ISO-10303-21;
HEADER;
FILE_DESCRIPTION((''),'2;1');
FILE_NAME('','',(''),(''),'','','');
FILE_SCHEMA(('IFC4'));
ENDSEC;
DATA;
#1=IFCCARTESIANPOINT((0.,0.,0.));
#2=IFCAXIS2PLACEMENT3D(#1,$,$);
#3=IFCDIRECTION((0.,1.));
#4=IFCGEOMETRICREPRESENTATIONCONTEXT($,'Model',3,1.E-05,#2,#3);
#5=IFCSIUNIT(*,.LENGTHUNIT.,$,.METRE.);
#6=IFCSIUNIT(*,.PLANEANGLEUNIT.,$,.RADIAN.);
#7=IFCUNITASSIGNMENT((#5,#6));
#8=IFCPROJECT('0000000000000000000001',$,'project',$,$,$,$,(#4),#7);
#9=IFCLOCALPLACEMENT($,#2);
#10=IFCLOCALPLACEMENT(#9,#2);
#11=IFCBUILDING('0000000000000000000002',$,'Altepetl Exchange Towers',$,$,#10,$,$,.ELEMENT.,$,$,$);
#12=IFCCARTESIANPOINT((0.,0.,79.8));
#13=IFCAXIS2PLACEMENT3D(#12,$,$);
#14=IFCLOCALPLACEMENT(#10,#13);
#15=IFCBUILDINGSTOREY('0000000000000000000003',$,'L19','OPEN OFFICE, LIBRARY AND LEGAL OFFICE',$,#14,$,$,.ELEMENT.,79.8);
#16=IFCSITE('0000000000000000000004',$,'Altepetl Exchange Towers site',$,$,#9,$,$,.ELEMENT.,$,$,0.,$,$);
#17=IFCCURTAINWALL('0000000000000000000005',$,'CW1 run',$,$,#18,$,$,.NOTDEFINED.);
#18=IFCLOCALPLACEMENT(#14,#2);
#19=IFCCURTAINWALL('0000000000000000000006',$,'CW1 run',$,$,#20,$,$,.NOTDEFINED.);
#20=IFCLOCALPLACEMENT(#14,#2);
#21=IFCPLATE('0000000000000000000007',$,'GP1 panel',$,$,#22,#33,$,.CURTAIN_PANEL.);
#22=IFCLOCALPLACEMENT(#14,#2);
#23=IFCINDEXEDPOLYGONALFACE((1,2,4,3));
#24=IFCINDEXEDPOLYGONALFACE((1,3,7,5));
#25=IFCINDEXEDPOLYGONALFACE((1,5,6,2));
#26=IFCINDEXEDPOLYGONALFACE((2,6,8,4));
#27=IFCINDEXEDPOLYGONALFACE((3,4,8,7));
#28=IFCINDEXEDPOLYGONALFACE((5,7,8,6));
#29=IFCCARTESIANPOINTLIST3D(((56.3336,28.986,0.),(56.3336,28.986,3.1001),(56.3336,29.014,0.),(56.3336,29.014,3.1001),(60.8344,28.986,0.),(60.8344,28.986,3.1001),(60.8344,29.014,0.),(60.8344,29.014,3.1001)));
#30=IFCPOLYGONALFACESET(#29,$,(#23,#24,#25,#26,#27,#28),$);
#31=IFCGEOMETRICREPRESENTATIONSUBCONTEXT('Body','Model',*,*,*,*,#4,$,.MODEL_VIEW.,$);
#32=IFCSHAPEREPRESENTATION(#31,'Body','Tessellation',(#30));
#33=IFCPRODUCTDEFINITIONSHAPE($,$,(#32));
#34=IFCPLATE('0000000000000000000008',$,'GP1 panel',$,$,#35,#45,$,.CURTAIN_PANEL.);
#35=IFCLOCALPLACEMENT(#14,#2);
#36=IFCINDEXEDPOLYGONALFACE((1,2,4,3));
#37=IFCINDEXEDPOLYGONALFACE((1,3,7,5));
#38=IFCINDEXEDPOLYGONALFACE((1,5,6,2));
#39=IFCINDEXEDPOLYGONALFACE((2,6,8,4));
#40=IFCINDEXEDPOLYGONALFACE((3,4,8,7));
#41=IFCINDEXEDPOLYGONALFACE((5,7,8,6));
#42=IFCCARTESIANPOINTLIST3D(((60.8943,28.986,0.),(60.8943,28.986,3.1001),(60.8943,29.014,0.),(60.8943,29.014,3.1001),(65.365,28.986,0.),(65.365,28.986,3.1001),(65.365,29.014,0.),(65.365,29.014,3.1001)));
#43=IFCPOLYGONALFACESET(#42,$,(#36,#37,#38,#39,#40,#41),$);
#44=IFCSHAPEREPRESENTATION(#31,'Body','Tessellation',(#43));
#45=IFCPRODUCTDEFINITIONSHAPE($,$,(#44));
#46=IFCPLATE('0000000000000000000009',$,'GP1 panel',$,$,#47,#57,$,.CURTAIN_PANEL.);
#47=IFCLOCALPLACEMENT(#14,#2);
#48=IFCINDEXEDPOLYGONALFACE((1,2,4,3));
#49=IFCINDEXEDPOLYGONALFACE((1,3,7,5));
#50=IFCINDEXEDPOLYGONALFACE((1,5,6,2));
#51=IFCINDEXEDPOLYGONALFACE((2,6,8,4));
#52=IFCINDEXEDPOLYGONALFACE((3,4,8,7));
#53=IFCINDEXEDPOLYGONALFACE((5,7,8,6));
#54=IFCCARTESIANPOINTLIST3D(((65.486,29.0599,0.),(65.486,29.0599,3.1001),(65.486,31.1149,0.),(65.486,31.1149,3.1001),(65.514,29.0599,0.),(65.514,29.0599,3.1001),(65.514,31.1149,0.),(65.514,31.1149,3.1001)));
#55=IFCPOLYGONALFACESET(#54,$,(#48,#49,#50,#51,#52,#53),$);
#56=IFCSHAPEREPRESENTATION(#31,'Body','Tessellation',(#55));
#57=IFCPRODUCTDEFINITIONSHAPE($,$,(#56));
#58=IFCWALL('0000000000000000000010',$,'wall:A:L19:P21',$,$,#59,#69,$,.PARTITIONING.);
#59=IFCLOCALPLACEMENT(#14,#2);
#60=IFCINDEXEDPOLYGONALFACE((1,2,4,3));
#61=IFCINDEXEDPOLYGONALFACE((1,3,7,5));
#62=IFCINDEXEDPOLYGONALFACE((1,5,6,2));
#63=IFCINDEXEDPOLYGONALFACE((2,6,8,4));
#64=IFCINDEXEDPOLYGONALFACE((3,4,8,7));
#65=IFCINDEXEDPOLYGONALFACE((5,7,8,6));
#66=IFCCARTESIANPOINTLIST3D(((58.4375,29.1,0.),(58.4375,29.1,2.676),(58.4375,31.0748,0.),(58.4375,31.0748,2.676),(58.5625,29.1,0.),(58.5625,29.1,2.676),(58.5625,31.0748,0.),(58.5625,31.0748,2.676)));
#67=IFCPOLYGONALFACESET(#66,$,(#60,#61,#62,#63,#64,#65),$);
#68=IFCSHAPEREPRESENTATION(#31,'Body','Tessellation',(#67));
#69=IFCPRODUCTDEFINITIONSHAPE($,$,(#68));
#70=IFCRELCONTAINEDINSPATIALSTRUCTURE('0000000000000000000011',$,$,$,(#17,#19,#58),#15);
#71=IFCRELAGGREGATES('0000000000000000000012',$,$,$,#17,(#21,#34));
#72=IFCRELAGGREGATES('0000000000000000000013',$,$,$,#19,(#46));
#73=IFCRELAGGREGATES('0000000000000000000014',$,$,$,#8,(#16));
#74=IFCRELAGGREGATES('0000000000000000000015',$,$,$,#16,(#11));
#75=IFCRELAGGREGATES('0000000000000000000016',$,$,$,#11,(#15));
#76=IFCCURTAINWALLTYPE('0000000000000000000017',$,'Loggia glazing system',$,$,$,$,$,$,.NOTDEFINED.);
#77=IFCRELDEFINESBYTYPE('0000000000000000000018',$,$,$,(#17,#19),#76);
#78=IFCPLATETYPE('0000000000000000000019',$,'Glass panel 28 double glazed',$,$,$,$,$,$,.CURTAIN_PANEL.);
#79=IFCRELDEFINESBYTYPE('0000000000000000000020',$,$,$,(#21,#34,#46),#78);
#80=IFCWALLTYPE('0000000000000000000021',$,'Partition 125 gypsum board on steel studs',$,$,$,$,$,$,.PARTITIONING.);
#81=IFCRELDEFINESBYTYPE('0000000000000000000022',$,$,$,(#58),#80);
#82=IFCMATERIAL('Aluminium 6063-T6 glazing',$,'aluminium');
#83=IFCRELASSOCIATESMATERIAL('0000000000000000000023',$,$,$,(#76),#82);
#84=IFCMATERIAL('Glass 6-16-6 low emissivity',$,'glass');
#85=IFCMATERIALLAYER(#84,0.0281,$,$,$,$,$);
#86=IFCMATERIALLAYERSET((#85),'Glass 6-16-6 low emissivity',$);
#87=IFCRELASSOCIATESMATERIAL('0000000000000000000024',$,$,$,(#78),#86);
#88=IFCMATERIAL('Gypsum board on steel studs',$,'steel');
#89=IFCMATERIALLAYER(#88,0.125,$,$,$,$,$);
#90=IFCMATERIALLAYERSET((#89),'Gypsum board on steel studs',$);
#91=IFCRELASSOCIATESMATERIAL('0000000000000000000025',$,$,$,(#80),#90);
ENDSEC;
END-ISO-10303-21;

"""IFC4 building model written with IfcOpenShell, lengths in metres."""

from ifc_helpers import new_model, si_unit, direction, frame, frame_2d, origin, origin_2d, place, context, subcontext, project, spatial, rectangle, extrude, material, layer, layer_set, type_object, element, aggregate, save


model = new_model("IFC4")

# Units and contexts
model_context = context("Model", 3, precision=1e-05, world=origin(), true_north=direction((0.0, 1.0)))
body_context = subcontext(model_context, "Body", "Model", "MODEL_VIEW")
ifc_project = project(units=[si_unit("LENGTHUNIT", "METRE"), si_unit("PLANEANGLEUNIT", "RADIAN")], contexts=[model_context])

# Site, building, storey
site_placement = place(None, origin())
site = spatial("IfcSite", under=ifc_project, at=site_placement, Name="Altepetl Exchange Towers site", CompositionType="ELEMENT", RefElevation=0.0)
building_placement = place(site_placement, origin())
building = spatial("IfcBuilding", under=site, at=building_placement, Name="Altepetl Exchange Towers", CompositionType="ELEMENT")
storey_placement = place(building_placement, frame((0.0, 0.0, 79.8)))
storey = spatial("IfcBuildingStorey", under=building, at=storey_placement, Name="L19", Description="OPEN OFFICE, LIBRARY AND LEGAL OFFICE", CompositionType="ELEMENT", Elevation=79.8)

# Curtain wall
ifc_material_1 = material(Name="Aluminium 6063-T6 glazing", Category="aluminium")
curtain_wall_type = type_object("IfcCurtainWallType", Name="Loggia glazing system", PredefinedType="NOTDEFINED", material=ifc_material_1)
curtain_wall_1_placement = place(storey_placement, origin())
curtain_wall_1 = element("IfcCurtainWall", 1, at=curtain_wall_1_placement, inside=storey, type_object=curtain_wall_type, Name="CW1 run", PredefinedType="NOTDEFINED")

# Curtain wall
curtain_wall_2_placement = place(storey_placement, origin())
curtain_wall_2 = element("IfcCurtainWall", 2, at=curtain_wall_2_placement, inside=storey, type_object=curtain_wall_type, Name="CW1 run", PredefinedType="NOTDEFINED")

# Plates
ifc_material_2 = material(Name="Glass 6-16-6 low emissivity", Category="glass")
ifc_layer_1 = layer(ifc_material_2, 0.0281)
ifc_layer_set_1 = layer_set([ifc_layer_1], Name="Glass 6-16-6 low emissivity")
plate_type = type_object("IfcPlateType", Name="Glass panel 28 double glazed", PredefinedType="CURTAIN_PANEL", material=ifc_layer_set_1)
plate_1_placement = place(storey_placement, frame((58.584, 29.0, 0.0)))
plate_1 = element("IfcPlate", 3, at=plate_1_placement, type_object=plate_type, Name="GP1 panel", PredefinedType="CURTAIN_PANEL", context=body_context, shape_type="SweptSolid", body=[
    extrude(rectangle(XDim=4.5007, YDim=0.0281, at=origin_2d()), origin(), (0.0, 0.0, 1.0), 3.1001),
])
plate_2_placement = place(storey_placement, frame((63.1296, 29.0, 0.0)))
plate_2 = element("IfcPlate", 4, at=plate_2_placement, type_object=plate_type, Name="GP1 panel", PredefinedType="CURTAIN_PANEL", context=body_context, shape_type="SweptSolid", body=[
    extrude(rectangle(XDim=4.4707, YDim=0.0281, at=origin_2d()), origin(), (0.0, 0.0, 1.0), 3.1001),
])
aggregate(curtain_wall_1, [plate_1, plate_2])
plate_3_placement = place(storey_placement, frame((65.5, 30.0874, 0.0), z_axis=(0.0, 0.0, 1.0), x_axis=(0.0, 1.0, 0.0)))
plate_3 = element("IfcPlate", 5, at=plate_3_placement, type_object=plate_type, Name="GP1 panel", PredefinedType="CURTAIN_PANEL", context=body_context, shape_type="SweptSolid", body=[
    extrude(rectangle(XDim=2.0549, YDim=0.0281, at=origin_2d()), origin(), (0.0, 0.0, 1.0), 3.1001),
])
aggregate(curtain_wall_2, [plate_3])

# Wall
ifc_material_3 = material(Name="Gypsum board on steel studs", Category="steel")
ifc_layer_2 = layer(ifc_material_3, 0.125)
ifc_layer_set_2 = layer_set([ifc_layer_2], Name="Gypsum board on steel studs")
wall_type = type_object("IfcWallType", Name="Partition 125 gypsum board on steel studs", PredefinedType="PARTITIONING", material=ifc_layer_set_2)
wall_placement = place(storey_placement, frame((58.5, 29.1001, 0.0), z_axis=(0.0, 0.0, 1.0), x_axis=(0.0, 1.0, 0.0)))
element("IfcWall", 6, at=wall_placement, inside=storey, type_object=wall_type, Name="wall:A:L19:P21", PredefinedType="PARTITIONING", context=body_context, shape_type="SweptSolid", body=[
    extrude(rectangle(XDim=1.9749, YDim=0.125, at=frame_2d((0.9873, 0.0))), origin(), (0.0, 0.0, 1.0), 2.676),
])

save(model, "model.ifc")
